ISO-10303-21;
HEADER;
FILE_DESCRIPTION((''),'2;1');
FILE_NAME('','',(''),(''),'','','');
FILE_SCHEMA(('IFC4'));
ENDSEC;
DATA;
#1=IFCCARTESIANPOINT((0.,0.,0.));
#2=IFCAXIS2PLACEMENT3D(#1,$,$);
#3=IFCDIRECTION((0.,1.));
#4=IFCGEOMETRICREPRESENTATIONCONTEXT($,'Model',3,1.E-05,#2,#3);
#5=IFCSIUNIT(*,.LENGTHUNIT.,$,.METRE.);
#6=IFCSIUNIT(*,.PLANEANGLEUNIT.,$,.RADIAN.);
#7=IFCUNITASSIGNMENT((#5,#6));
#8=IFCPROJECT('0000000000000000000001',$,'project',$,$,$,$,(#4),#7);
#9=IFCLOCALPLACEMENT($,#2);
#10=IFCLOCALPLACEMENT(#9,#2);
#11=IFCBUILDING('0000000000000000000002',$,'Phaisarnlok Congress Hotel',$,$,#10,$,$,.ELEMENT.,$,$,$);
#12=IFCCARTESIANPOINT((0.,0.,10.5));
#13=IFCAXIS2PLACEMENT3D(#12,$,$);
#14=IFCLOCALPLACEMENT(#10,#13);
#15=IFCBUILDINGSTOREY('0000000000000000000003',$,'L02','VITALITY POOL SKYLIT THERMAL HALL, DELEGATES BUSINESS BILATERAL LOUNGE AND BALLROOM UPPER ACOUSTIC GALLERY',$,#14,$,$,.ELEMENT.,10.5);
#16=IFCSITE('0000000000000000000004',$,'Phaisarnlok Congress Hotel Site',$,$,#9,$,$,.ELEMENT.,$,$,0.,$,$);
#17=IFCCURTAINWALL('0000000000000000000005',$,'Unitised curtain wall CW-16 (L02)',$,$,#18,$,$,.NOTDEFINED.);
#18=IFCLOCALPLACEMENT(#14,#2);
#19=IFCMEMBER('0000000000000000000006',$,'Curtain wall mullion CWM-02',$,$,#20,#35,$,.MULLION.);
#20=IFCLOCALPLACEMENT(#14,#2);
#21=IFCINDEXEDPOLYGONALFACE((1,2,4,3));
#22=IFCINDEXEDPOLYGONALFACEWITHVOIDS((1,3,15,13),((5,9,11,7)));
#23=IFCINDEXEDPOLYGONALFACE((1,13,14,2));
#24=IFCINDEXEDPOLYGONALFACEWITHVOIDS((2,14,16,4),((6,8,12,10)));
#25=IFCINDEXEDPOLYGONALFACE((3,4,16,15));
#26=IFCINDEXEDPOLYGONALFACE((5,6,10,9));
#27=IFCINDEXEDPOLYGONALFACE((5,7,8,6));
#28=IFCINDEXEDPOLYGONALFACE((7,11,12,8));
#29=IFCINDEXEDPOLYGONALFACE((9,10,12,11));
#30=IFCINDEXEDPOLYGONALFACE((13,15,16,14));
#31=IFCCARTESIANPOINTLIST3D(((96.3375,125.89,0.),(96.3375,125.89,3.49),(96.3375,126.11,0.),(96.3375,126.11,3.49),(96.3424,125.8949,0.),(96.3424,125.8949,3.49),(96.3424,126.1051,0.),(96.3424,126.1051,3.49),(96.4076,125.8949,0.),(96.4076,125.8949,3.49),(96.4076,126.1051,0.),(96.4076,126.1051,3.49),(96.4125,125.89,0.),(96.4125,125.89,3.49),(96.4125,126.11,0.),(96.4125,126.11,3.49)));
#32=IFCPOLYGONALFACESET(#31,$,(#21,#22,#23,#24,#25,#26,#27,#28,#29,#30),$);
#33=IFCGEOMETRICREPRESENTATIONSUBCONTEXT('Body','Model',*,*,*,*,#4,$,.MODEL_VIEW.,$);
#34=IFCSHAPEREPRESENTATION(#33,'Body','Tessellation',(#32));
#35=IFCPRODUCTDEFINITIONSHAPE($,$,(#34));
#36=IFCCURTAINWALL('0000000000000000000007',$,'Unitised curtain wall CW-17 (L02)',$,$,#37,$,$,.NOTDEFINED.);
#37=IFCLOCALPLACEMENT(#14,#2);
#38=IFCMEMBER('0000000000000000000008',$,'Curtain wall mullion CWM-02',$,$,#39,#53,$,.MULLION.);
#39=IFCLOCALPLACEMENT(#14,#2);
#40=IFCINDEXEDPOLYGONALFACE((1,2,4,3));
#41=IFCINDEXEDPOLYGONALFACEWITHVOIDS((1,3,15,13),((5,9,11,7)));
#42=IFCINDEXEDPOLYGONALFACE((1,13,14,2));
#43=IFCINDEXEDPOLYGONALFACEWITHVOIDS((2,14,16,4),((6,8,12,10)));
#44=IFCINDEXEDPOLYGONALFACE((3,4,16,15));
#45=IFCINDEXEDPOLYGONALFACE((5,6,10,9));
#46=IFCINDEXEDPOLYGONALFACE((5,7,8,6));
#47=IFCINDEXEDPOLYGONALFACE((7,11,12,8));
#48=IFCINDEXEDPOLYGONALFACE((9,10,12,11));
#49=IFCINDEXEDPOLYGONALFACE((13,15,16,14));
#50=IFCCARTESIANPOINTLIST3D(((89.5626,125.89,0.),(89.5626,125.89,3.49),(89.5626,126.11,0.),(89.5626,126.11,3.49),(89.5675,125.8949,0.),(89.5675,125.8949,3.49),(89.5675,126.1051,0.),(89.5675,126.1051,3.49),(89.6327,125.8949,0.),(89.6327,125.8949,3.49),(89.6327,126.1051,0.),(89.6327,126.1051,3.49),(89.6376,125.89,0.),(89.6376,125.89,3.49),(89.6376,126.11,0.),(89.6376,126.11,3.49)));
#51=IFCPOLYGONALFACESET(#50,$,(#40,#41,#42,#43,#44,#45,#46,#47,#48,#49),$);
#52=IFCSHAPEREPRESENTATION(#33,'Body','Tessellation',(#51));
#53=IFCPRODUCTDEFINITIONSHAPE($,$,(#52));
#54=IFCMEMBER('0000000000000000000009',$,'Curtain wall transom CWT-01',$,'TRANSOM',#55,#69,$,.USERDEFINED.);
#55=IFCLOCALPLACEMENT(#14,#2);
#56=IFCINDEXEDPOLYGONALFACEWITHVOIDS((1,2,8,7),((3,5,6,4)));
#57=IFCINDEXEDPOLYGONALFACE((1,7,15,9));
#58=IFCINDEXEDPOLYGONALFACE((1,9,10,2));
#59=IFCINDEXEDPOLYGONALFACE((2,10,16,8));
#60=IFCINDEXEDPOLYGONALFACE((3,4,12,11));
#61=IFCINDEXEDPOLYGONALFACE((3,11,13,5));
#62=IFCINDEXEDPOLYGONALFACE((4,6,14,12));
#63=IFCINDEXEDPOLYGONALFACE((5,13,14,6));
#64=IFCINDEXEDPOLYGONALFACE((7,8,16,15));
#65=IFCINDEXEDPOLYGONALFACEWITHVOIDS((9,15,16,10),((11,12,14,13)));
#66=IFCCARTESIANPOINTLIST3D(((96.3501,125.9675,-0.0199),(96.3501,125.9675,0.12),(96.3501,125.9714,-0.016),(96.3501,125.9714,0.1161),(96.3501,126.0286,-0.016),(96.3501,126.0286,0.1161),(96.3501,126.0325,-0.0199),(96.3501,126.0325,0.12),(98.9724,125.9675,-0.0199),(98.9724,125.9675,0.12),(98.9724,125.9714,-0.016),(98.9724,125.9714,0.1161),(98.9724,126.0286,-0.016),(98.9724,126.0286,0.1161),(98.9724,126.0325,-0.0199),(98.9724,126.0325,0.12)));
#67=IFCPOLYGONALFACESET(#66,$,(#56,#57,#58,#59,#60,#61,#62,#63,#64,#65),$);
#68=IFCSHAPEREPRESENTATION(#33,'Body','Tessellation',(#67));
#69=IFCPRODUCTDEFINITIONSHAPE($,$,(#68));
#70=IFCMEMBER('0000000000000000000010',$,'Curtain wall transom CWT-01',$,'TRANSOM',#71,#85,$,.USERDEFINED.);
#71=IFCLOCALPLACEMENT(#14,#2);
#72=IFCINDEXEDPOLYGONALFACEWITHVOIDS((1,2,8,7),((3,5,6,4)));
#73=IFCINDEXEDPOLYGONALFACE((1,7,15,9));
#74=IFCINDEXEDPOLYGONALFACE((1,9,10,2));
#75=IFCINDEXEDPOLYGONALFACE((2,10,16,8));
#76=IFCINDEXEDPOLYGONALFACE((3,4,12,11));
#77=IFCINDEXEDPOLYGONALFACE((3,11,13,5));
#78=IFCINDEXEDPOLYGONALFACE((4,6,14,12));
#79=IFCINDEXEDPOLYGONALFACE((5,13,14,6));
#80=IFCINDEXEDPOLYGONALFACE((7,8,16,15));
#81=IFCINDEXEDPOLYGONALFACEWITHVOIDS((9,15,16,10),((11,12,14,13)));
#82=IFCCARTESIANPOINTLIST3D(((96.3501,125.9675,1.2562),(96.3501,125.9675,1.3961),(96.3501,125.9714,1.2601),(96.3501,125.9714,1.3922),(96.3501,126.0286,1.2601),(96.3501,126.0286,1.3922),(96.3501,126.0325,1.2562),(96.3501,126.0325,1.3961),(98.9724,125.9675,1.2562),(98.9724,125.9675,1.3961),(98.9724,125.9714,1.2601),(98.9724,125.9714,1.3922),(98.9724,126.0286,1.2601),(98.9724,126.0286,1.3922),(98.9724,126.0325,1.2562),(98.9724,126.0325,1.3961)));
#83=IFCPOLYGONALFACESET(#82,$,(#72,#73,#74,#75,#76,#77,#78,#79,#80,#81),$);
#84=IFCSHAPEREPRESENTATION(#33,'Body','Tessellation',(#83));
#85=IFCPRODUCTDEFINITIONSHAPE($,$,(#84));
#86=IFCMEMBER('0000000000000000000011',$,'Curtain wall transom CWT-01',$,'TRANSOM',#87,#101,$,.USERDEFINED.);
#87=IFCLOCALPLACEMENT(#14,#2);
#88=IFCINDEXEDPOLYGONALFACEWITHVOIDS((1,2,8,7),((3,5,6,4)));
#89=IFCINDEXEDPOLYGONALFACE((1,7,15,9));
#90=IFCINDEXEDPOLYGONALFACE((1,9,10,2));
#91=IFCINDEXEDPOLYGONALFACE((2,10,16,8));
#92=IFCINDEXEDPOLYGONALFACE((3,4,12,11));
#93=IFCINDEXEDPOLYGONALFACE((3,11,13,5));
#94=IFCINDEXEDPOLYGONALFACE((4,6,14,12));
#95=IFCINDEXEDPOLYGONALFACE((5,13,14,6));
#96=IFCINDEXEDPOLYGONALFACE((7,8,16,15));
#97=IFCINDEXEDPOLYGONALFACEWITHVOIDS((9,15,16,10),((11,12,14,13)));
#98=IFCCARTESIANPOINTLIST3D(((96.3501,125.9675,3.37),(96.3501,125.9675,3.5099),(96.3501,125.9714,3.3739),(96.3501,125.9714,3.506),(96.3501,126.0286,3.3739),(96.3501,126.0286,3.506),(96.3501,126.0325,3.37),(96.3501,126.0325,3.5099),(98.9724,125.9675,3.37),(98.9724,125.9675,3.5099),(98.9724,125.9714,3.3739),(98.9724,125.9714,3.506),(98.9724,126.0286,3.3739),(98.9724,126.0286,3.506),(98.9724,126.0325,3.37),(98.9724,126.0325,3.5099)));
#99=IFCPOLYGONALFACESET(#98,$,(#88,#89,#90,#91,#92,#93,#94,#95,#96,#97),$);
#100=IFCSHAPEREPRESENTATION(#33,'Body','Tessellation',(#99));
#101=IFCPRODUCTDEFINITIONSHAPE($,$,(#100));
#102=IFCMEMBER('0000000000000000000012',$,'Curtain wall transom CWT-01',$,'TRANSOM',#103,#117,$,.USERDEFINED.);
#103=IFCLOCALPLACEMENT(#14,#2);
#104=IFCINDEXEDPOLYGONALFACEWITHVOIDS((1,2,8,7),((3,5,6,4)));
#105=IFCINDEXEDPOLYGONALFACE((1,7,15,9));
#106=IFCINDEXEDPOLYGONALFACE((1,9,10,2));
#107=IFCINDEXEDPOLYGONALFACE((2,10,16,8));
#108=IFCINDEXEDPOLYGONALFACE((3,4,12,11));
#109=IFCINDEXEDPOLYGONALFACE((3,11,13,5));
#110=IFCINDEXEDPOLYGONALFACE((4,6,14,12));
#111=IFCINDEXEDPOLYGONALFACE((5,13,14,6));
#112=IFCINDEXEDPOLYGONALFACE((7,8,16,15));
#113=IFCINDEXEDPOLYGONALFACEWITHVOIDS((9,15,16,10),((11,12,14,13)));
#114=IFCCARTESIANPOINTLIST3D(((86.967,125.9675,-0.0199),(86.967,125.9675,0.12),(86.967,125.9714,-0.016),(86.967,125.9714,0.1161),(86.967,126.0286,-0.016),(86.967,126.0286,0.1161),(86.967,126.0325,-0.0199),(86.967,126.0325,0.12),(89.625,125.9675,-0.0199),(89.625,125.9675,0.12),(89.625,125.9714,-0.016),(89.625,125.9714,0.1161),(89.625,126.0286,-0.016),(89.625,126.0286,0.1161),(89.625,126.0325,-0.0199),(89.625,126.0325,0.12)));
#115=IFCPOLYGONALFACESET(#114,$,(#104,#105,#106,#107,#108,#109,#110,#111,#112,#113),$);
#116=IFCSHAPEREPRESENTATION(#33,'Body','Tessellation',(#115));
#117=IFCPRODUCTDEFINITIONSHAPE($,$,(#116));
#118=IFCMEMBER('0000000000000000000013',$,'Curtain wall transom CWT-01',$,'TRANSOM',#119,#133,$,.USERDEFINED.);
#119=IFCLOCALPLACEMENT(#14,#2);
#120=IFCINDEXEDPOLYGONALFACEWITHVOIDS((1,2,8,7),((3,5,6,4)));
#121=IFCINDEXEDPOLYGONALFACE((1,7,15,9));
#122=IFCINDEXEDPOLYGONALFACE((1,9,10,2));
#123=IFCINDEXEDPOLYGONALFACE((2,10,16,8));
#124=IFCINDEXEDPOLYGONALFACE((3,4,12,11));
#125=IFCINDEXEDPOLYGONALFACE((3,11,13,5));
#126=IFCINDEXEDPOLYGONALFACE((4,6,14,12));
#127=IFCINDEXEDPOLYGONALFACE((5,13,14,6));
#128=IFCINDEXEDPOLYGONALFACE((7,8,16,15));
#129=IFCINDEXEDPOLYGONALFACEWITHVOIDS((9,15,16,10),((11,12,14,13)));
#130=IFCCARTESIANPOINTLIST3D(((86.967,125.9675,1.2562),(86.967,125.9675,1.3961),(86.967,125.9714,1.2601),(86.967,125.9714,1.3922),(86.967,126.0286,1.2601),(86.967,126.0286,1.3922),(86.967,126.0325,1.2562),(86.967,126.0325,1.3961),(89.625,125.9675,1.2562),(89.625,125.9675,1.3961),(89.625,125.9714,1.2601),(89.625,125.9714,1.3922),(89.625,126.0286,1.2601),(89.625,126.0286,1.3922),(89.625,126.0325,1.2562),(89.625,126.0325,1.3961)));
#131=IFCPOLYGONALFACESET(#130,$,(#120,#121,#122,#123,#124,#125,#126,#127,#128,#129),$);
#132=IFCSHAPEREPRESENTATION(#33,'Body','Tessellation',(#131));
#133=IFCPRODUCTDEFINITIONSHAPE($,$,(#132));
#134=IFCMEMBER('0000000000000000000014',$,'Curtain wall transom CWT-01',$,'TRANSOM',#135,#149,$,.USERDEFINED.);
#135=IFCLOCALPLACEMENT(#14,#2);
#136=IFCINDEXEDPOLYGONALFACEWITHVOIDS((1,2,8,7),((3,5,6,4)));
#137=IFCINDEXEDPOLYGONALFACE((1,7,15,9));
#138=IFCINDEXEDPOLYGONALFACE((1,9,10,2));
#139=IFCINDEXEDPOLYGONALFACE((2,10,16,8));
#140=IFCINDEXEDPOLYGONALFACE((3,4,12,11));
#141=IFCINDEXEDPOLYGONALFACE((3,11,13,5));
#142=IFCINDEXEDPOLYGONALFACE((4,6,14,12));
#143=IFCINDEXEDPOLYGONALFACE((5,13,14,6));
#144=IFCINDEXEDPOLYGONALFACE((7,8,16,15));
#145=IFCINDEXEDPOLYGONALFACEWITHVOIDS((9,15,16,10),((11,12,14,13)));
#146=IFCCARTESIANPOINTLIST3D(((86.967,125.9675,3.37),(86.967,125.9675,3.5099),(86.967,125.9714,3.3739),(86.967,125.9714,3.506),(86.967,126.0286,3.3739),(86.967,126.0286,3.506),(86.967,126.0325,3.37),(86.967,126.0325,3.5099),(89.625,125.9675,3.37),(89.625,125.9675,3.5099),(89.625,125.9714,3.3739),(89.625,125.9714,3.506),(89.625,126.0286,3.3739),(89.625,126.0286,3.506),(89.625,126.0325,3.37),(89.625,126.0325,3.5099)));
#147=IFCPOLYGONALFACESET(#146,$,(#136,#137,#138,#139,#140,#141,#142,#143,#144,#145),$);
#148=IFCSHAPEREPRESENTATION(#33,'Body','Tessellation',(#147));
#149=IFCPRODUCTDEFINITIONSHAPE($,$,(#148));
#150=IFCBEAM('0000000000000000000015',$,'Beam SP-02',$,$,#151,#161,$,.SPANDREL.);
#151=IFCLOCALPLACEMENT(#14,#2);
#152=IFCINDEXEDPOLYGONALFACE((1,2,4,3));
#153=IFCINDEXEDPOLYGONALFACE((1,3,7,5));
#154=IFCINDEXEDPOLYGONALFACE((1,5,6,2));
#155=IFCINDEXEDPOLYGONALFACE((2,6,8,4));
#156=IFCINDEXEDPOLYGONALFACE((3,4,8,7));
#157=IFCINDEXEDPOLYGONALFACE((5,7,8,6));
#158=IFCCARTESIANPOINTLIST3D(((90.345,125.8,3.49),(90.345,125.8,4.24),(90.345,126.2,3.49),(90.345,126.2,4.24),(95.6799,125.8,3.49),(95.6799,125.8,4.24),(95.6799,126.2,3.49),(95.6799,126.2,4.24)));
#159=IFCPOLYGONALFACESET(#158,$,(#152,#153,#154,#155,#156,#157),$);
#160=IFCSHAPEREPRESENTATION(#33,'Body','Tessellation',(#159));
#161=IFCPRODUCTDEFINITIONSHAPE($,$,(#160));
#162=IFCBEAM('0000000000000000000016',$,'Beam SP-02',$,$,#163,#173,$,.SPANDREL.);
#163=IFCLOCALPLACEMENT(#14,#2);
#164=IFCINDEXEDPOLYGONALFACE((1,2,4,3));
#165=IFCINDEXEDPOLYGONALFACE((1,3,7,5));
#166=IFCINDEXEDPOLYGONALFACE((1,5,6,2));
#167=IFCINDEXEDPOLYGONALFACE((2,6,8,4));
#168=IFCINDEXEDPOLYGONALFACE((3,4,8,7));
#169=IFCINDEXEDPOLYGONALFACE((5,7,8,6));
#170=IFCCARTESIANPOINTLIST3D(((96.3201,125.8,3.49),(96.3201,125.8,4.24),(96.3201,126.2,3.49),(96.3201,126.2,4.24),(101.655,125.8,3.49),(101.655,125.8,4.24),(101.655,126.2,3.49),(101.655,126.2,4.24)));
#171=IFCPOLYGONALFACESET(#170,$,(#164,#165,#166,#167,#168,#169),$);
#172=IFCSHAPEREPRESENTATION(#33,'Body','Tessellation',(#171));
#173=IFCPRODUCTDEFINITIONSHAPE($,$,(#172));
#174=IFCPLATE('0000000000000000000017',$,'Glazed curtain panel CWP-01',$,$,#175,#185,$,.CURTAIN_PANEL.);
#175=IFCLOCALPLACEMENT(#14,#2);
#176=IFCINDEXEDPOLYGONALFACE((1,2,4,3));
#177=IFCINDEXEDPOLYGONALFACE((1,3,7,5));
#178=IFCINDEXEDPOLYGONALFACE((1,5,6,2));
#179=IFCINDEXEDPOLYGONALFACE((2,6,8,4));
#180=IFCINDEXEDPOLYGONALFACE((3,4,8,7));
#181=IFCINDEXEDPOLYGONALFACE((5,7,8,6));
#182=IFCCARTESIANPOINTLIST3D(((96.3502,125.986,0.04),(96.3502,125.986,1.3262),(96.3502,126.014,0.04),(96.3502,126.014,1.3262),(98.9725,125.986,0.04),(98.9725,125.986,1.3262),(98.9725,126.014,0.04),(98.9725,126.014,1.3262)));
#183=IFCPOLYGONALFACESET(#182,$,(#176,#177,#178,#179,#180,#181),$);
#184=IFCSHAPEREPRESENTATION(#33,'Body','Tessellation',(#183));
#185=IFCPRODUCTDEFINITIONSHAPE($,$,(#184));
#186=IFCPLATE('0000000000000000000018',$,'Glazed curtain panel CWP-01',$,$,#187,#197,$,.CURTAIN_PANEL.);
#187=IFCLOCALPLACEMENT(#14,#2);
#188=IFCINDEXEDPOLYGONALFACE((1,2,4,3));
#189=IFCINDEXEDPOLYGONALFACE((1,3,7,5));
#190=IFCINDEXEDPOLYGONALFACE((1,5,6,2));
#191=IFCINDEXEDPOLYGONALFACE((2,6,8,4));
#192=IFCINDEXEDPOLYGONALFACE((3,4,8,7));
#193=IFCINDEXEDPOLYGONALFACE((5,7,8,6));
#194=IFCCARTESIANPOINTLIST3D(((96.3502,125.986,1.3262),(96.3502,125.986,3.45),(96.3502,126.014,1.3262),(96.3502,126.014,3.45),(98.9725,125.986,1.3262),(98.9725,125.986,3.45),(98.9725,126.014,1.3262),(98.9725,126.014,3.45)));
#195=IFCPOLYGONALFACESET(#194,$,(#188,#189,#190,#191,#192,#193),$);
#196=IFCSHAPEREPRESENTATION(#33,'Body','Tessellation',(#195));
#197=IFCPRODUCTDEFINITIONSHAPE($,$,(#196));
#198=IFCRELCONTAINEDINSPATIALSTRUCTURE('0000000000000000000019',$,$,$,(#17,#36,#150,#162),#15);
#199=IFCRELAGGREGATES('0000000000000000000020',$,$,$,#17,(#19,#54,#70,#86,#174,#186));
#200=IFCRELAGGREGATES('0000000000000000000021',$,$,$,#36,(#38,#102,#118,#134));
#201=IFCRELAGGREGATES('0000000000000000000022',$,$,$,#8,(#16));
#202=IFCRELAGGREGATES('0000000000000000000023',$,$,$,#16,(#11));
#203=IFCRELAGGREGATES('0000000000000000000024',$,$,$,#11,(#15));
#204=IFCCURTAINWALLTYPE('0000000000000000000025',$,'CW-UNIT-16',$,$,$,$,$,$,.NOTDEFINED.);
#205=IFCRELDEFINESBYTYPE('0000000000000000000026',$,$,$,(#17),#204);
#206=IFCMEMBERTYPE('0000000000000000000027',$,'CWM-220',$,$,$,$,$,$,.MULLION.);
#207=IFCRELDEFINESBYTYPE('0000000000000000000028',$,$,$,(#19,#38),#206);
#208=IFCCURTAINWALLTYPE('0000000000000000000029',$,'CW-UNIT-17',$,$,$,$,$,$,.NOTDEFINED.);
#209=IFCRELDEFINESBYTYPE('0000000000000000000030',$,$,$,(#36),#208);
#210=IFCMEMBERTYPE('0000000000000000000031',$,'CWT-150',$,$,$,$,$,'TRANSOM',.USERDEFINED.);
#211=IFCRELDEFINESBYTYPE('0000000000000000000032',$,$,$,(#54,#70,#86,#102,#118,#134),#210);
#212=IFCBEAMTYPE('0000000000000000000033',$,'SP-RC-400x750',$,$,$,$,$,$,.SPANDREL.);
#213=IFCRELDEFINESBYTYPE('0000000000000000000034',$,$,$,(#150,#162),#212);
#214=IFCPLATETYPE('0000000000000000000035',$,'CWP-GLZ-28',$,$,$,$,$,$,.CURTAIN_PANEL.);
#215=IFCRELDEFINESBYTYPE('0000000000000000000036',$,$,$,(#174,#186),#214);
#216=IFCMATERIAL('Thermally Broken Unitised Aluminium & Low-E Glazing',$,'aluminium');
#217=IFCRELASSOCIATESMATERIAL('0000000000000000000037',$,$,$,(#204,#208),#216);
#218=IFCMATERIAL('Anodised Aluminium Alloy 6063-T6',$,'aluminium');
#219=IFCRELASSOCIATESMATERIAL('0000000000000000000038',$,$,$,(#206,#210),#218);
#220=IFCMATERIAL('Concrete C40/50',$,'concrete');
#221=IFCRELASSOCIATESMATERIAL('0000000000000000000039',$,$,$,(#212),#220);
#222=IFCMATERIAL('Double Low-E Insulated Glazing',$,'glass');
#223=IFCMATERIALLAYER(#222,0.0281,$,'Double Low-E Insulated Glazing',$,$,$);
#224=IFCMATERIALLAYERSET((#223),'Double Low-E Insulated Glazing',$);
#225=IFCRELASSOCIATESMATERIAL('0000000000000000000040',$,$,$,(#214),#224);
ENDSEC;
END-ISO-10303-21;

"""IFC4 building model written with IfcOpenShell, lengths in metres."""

from ifc_helpers import new_model, si_unit, direction, frame, frame_2d, origin, origin_2d, place, context, subcontext, project, spatial, rectangle, hollow_rectangle, extrude, material, layer, layer_set, material_profile, profile_set, type_object, element, aggregate, save


model = new_model("IFC4")

# Units and contexts
model_context = context("Model", 3, precision=1e-05, world=origin(), true_north=direction((0.0, 1.0)))
body_context = subcontext(model_context, "Body", "Model", "MODEL_VIEW")
ifc_project = project(units=[si_unit("LENGTHUNIT", "METRE"), si_unit("PLANEANGLEUNIT", "RADIAN")], contexts=[model_context])

# Site, building, storey
site_placement = place(None, origin())
site = spatial("IfcSite", under=ifc_project, at=site_placement, Name="Phaisarnlok Congress Hotel Site", CompositionType="ELEMENT", RefElevation=0.0)
building_placement = place(site_placement, origin())
building = spatial("IfcBuilding", under=site, at=building_placement, Name="Phaisarnlok Congress Hotel", CompositionType="ELEMENT")
storey_placement = place(building_placement, frame((0.0, 0.0, 10.5)))
storey = spatial("IfcBuildingStorey", under=building, at=storey_placement, Name="L02", Description="VITALITY POOL SKYLIT THERMAL HALL, DELEGATES BUSINESS BILATERAL LOUNGE AND BALLROOM UPPER ACOUSTIC GALLERY", CompositionType="ELEMENT", Elevation=10.5)

# Shared definitions
ifc_material_1 = material(Name="Concrete C40/50", Category="concrete")

# Curtain wall, member
ifc_material_2 = material(Name="Thermally Broken Unitised Aluminium & Low-E Glazing", Category="aluminium")
curtain_wall_type_1 = type_object("IfcCurtainWallType", Name="CW-UNIT-16", PredefinedType="NOTDEFINED", material=ifc_material_2)
curtain_wall_1_placement = place(storey_placement, origin())
curtain_wall_1 = element("IfcCurtainWall", 1, at=curtain_wall_1_placement, inside=storey, type_object=curtain_wall_type_1, Name="Unitised curtain wall CW-16 (L02)", PredefinedType="NOTDEFINED")
ifc_material_3 = material(Name="Anodised Aluminium Alloy 6063-T6", Category="aluminium")
ifc_material_profile_1 = material_profile(ifc_material_3, hollow_rectangle(XDim=0.075, YDim=0.22, WallThickness=0.0049, at=origin_2d()), Name="ALU-M 75x220x5")
ifc_profile_set_1 = profile_set([ifc_material_profile_1], Name="Anodised Aluminium Alloy 6063-T6")
member_type_1 = type_object("IfcMemberType", Name="CWM-220", PredefinedType="MULLION", material=ifc_profile_set_1)
member_1_placement = place(storey_placement, frame((96.375, 126.0, 0.0), z_axis=(0.0, 0.0, 1.0), x_axis=(-1.0, 0.0, 0.0)))
member_1 = element("IfcMember", 2, at=member_1_placement, type_object=member_type_1, Name="Curtain wall mullion CWM-02", PredefinedType="MULLION", context=body_context, shape_type="SweptSolid", body=[
    extrude(hollow_rectangle(XDim=0.075, YDim=0.22, WallThickness=0.0049, at=origin_2d()), origin(), (0.0, 0.0, 1.0), 3.49),
])

# Curtain wall, member
curtain_wall_type_2 = type_object("IfcCurtainWallType", Name="CW-UNIT-17", PredefinedType="NOTDEFINED", material=ifc_material_2)
curtain_wall_2_placement = place(storey_placement, origin())
curtain_wall_2 = element("IfcCurtainWall", 3, at=curtain_wall_2_placement, inside=storey, type_object=curtain_wall_type_2, Name="Unitised curtain wall CW-17 (L02)", PredefinedType="NOTDEFINED")
member_2_placement = place(storey_placement, frame((89.6001, 126.0, 0.0), z_axis=(0.0, 0.0, 1.0), x_axis=(-1.0, 0.0, 0.0)))
member_2 = element("IfcMember", 4, at=member_2_placement, type_object=member_type_1, Name="Curtain wall mullion CWM-02", PredefinedType="MULLION", context=body_context, shape_type="SweptSolid", body=[
    extrude(hollow_rectangle(XDim=0.075, YDim=0.22, WallThickness=0.0049, at=origin_2d()), origin(), (0.0, 0.0, 1.0), 3.49),
])

# Members
ifc_material_profile_2 = material_profile(ifc_material_3, hollow_rectangle(XDim=0.0649, YDim=0.1399, WallThickness=0.0039, at=origin_2d()), Name="ALU-T 65x140x4")
ifc_profile_set_2 = profile_set([ifc_material_profile_2], Name="Anodised Aluminium Alloy 6063-T6")
member_type_2 = type_object("IfcMemberType", Name="CWT-150", ElementType="TRANSOM", PredefinedType="USERDEFINED", material=ifc_profile_set_2)
member_3_placement = place(storey_placement, frame((98.9724, 126.0, 0.05), z_axis=(-1.0, 0.0, 0.0), x_axis=(0.0, -1.0, 0.0)))
member_3 = element("IfcMember", 5, at=member_3_placement, type_object=member_type_2, Name="Curtain wall transom CWT-01", ObjectType="TRANSOM", PredefinedType="USERDEFINED", context=body_context, shape_type="SweptSolid", body=[
    extrude(hollow_rectangle(XDim=0.0649, YDim=0.1399, WallThickness=0.0039, at=origin_2d()), origin(), (0.0, 0.0, 1.0), 2.6223),
])
member_4_placement = place(storey_placement, frame((98.9724, 126.0, 1.3262), z_axis=(-1.0, 0.0, 0.0), x_axis=(0.0, -1.0, 0.0)))
member_4 = element("IfcMember", 6, at=member_4_placement, type_object=member_type_2, Name="Curtain wall transom CWT-01", ObjectType="TRANSOM", PredefinedType="USERDEFINED", context=body_context, shape_type="SweptSolid", body=[
    extrude(hollow_rectangle(XDim=0.0649, YDim=0.1399, WallThickness=0.0039, at=origin_2d()), origin(), (0.0, 0.0, 1.0), 2.6223),
])
member_5_placement = place(storey_placement, frame((98.9724, 126.0, 3.4399), z_axis=(-1.0, 0.0, 0.0), x_axis=(0.0, -1.0, 0.0)))
member_5 = element("IfcMember", 7, at=member_5_placement, type_object=member_type_2, Name="Curtain wall transom CWT-01", ObjectType="TRANSOM", PredefinedType="USERDEFINED", context=body_context, shape_type="SweptSolid", body=[
    extrude(hollow_rectangle(XDim=0.0649, YDim=0.1399, WallThickness=0.0039, at=origin_2d()), origin(), (0.0, 0.0, 1.0), 2.6223),
])
member_6_placement = place(storey_placement, frame((89.625, 126.0, 0.05), z_axis=(-1.0, 0.0, 0.0), x_axis=(0.0, -1.0, 0.0)))
member_6 = element("IfcMember", 8, at=member_6_placement, type_object=member_type_2, Name="Curtain wall transom CWT-01", ObjectType="TRANSOM", PredefinedType="USERDEFINED", context=body_context, shape_type="SweptSolid", body=[
    extrude(hollow_rectangle(XDim=0.0649, YDim=0.1399, WallThickness=0.0039, at=origin_2d()), origin(), (0.0, 0.0, 1.0), 2.658),
])
member_7_placement = place(storey_placement, frame((89.625, 126.0, 1.3262), z_axis=(-1.0, 0.0, 0.0), x_axis=(0.0, -1.0, 0.0)))
member_7 = element("IfcMember", 9, at=member_7_placement, type_object=member_type_2, Name="Curtain wall transom CWT-01", ObjectType="TRANSOM", PredefinedType="USERDEFINED", context=body_context, shape_type="SweptSolid", body=[
    extrude(hollow_rectangle(XDim=0.0649, YDim=0.1399, WallThickness=0.0039, at=origin_2d()), origin(), (0.0, 0.0, 1.0), 2.658),
])
member_8_placement = place(storey_placement, frame((89.625, 126.0, 3.4399), z_axis=(-1.0, 0.0, 0.0), x_axis=(0.0, -1.0, 0.0)))
member_8 = element("IfcMember", 10, at=member_8_placement, type_object=member_type_2, Name="Curtain wall transom CWT-01", ObjectType="TRANSOM", PredefinedType="USERDEFINED", context=body_context, shape_type="SweptSolid", body=[
    extrude(hollow_rectangle(XDim=0.0649, YDim=0.1399, WallThickness=0.0039, at=origin_2d()), origin(), (0.0, 0.0, 1.0), 2.658),
])

# Beams
ifc_material_profile_3 = material_profile(ifc_material_1, rectangle(XDim=0.3999, YDim=0.75, at=origin_2d()), Name="RC 400x750")
ifc_profile_set_3 = profile_set([ifc_material_profile_3], Name="Concrete C40/50")
beam_type_1 = type_object("IfcBeamType", Name="SP-RC-400x750", PredefinedType="SPANDREL", material=ifc_profile_set_3)
for number, where, z_axis, x_axis, name in (
    (11, (90.345, 126.0, 3.865), (1.0, 0.0, 0.0), (0.0, 1.0, 0.0), "Beam SP-02"),
    (12, (96.3201, 126.0, 3.865), (1.0, 0.0, 0.0), (0.0, 1.0, 0.0), "Beam SP-02"),
):
    element("IfcBeam", number, at=place(storey_placement, frame(where, z_axis=z_axis, x_axis=x_axis)), inside=storey, type_object=beam_type_1, Name=name, PredefinedType="SPANDREL", context=body_context, shape_type="SweptSolid", body=[
        extrude(rectangle(XDim=0.3999, YDim=0.75, at=origin_2d()), origin(), (0.0, 0.0, 1.0), 5.335),
    ])

# Plates
ifc_material_4 = material(Name="Double Low-E Insulated Glazing", Category="glass")
ifc_layer_1 = layer(ifc_material_4, 0.0281, Name="Double Low-E Insulated Glazing")
ifc_layer_set_1 = layer_set([ifc_layer_1], Name="Double Low-E Insulated Glazing")
plate_type = type_object("IfcPlateType", Name="CWP-GLZ-28", PredefinedType="CURTAIN_PANEL", material=ifc_layer_set_1)
plate_1_placement = place(storey_placement, frame((98.9724, 126.0, 0.04), z_axis=(0.0, 0.0, 1.0), x_axis=(-1.0, 0.0, 0.0)))
plate_1 = element("IfcPlate", 13, at=plate_1_placement, type_object=plate_type, Name="Glazed curtain panel CWP-01", PredefinedType="CURTAIN_PANEL", context=body_context, shape_type="SweptSolid", body=[
    extrude(rectangle(XDim=2.6223, YDim=0.0281, at=frame_2d((1.311, 0.0))), origin(), (0.0, 0.0, 1.0), 1.2861),
])
plate_2_placement = place(storey_placement, frame((98.9724, 126.0, 1.3262), z_axis=(0.0, 0.0, 1.0), x_axis=(-1.0, 0.0, 0.0)))
plate_2 = element("IfcPlate", 14, at=plate_2_placement, type_object=plate_type, Name="Glazed curtain panel CWP-01", PredefinedType="CURTAIN_PANEL", context=body_context, shape_type="SweptSolid", body=[
    extrude(rectangle(XDim=2.6223, YDim=0.0281, at=frame_2d((1.311, 0.0))), origin(), (0.0, 0.0, 1.0), 2.1238),
])
aggregate(curtain_wall_1, [member_1, member_3, member_4, member_5, plate_1, plate_2])
aggregate(curtain_wall_2, [member_2, member_6, member_7, member_8])

save(model, "model.ifc")
